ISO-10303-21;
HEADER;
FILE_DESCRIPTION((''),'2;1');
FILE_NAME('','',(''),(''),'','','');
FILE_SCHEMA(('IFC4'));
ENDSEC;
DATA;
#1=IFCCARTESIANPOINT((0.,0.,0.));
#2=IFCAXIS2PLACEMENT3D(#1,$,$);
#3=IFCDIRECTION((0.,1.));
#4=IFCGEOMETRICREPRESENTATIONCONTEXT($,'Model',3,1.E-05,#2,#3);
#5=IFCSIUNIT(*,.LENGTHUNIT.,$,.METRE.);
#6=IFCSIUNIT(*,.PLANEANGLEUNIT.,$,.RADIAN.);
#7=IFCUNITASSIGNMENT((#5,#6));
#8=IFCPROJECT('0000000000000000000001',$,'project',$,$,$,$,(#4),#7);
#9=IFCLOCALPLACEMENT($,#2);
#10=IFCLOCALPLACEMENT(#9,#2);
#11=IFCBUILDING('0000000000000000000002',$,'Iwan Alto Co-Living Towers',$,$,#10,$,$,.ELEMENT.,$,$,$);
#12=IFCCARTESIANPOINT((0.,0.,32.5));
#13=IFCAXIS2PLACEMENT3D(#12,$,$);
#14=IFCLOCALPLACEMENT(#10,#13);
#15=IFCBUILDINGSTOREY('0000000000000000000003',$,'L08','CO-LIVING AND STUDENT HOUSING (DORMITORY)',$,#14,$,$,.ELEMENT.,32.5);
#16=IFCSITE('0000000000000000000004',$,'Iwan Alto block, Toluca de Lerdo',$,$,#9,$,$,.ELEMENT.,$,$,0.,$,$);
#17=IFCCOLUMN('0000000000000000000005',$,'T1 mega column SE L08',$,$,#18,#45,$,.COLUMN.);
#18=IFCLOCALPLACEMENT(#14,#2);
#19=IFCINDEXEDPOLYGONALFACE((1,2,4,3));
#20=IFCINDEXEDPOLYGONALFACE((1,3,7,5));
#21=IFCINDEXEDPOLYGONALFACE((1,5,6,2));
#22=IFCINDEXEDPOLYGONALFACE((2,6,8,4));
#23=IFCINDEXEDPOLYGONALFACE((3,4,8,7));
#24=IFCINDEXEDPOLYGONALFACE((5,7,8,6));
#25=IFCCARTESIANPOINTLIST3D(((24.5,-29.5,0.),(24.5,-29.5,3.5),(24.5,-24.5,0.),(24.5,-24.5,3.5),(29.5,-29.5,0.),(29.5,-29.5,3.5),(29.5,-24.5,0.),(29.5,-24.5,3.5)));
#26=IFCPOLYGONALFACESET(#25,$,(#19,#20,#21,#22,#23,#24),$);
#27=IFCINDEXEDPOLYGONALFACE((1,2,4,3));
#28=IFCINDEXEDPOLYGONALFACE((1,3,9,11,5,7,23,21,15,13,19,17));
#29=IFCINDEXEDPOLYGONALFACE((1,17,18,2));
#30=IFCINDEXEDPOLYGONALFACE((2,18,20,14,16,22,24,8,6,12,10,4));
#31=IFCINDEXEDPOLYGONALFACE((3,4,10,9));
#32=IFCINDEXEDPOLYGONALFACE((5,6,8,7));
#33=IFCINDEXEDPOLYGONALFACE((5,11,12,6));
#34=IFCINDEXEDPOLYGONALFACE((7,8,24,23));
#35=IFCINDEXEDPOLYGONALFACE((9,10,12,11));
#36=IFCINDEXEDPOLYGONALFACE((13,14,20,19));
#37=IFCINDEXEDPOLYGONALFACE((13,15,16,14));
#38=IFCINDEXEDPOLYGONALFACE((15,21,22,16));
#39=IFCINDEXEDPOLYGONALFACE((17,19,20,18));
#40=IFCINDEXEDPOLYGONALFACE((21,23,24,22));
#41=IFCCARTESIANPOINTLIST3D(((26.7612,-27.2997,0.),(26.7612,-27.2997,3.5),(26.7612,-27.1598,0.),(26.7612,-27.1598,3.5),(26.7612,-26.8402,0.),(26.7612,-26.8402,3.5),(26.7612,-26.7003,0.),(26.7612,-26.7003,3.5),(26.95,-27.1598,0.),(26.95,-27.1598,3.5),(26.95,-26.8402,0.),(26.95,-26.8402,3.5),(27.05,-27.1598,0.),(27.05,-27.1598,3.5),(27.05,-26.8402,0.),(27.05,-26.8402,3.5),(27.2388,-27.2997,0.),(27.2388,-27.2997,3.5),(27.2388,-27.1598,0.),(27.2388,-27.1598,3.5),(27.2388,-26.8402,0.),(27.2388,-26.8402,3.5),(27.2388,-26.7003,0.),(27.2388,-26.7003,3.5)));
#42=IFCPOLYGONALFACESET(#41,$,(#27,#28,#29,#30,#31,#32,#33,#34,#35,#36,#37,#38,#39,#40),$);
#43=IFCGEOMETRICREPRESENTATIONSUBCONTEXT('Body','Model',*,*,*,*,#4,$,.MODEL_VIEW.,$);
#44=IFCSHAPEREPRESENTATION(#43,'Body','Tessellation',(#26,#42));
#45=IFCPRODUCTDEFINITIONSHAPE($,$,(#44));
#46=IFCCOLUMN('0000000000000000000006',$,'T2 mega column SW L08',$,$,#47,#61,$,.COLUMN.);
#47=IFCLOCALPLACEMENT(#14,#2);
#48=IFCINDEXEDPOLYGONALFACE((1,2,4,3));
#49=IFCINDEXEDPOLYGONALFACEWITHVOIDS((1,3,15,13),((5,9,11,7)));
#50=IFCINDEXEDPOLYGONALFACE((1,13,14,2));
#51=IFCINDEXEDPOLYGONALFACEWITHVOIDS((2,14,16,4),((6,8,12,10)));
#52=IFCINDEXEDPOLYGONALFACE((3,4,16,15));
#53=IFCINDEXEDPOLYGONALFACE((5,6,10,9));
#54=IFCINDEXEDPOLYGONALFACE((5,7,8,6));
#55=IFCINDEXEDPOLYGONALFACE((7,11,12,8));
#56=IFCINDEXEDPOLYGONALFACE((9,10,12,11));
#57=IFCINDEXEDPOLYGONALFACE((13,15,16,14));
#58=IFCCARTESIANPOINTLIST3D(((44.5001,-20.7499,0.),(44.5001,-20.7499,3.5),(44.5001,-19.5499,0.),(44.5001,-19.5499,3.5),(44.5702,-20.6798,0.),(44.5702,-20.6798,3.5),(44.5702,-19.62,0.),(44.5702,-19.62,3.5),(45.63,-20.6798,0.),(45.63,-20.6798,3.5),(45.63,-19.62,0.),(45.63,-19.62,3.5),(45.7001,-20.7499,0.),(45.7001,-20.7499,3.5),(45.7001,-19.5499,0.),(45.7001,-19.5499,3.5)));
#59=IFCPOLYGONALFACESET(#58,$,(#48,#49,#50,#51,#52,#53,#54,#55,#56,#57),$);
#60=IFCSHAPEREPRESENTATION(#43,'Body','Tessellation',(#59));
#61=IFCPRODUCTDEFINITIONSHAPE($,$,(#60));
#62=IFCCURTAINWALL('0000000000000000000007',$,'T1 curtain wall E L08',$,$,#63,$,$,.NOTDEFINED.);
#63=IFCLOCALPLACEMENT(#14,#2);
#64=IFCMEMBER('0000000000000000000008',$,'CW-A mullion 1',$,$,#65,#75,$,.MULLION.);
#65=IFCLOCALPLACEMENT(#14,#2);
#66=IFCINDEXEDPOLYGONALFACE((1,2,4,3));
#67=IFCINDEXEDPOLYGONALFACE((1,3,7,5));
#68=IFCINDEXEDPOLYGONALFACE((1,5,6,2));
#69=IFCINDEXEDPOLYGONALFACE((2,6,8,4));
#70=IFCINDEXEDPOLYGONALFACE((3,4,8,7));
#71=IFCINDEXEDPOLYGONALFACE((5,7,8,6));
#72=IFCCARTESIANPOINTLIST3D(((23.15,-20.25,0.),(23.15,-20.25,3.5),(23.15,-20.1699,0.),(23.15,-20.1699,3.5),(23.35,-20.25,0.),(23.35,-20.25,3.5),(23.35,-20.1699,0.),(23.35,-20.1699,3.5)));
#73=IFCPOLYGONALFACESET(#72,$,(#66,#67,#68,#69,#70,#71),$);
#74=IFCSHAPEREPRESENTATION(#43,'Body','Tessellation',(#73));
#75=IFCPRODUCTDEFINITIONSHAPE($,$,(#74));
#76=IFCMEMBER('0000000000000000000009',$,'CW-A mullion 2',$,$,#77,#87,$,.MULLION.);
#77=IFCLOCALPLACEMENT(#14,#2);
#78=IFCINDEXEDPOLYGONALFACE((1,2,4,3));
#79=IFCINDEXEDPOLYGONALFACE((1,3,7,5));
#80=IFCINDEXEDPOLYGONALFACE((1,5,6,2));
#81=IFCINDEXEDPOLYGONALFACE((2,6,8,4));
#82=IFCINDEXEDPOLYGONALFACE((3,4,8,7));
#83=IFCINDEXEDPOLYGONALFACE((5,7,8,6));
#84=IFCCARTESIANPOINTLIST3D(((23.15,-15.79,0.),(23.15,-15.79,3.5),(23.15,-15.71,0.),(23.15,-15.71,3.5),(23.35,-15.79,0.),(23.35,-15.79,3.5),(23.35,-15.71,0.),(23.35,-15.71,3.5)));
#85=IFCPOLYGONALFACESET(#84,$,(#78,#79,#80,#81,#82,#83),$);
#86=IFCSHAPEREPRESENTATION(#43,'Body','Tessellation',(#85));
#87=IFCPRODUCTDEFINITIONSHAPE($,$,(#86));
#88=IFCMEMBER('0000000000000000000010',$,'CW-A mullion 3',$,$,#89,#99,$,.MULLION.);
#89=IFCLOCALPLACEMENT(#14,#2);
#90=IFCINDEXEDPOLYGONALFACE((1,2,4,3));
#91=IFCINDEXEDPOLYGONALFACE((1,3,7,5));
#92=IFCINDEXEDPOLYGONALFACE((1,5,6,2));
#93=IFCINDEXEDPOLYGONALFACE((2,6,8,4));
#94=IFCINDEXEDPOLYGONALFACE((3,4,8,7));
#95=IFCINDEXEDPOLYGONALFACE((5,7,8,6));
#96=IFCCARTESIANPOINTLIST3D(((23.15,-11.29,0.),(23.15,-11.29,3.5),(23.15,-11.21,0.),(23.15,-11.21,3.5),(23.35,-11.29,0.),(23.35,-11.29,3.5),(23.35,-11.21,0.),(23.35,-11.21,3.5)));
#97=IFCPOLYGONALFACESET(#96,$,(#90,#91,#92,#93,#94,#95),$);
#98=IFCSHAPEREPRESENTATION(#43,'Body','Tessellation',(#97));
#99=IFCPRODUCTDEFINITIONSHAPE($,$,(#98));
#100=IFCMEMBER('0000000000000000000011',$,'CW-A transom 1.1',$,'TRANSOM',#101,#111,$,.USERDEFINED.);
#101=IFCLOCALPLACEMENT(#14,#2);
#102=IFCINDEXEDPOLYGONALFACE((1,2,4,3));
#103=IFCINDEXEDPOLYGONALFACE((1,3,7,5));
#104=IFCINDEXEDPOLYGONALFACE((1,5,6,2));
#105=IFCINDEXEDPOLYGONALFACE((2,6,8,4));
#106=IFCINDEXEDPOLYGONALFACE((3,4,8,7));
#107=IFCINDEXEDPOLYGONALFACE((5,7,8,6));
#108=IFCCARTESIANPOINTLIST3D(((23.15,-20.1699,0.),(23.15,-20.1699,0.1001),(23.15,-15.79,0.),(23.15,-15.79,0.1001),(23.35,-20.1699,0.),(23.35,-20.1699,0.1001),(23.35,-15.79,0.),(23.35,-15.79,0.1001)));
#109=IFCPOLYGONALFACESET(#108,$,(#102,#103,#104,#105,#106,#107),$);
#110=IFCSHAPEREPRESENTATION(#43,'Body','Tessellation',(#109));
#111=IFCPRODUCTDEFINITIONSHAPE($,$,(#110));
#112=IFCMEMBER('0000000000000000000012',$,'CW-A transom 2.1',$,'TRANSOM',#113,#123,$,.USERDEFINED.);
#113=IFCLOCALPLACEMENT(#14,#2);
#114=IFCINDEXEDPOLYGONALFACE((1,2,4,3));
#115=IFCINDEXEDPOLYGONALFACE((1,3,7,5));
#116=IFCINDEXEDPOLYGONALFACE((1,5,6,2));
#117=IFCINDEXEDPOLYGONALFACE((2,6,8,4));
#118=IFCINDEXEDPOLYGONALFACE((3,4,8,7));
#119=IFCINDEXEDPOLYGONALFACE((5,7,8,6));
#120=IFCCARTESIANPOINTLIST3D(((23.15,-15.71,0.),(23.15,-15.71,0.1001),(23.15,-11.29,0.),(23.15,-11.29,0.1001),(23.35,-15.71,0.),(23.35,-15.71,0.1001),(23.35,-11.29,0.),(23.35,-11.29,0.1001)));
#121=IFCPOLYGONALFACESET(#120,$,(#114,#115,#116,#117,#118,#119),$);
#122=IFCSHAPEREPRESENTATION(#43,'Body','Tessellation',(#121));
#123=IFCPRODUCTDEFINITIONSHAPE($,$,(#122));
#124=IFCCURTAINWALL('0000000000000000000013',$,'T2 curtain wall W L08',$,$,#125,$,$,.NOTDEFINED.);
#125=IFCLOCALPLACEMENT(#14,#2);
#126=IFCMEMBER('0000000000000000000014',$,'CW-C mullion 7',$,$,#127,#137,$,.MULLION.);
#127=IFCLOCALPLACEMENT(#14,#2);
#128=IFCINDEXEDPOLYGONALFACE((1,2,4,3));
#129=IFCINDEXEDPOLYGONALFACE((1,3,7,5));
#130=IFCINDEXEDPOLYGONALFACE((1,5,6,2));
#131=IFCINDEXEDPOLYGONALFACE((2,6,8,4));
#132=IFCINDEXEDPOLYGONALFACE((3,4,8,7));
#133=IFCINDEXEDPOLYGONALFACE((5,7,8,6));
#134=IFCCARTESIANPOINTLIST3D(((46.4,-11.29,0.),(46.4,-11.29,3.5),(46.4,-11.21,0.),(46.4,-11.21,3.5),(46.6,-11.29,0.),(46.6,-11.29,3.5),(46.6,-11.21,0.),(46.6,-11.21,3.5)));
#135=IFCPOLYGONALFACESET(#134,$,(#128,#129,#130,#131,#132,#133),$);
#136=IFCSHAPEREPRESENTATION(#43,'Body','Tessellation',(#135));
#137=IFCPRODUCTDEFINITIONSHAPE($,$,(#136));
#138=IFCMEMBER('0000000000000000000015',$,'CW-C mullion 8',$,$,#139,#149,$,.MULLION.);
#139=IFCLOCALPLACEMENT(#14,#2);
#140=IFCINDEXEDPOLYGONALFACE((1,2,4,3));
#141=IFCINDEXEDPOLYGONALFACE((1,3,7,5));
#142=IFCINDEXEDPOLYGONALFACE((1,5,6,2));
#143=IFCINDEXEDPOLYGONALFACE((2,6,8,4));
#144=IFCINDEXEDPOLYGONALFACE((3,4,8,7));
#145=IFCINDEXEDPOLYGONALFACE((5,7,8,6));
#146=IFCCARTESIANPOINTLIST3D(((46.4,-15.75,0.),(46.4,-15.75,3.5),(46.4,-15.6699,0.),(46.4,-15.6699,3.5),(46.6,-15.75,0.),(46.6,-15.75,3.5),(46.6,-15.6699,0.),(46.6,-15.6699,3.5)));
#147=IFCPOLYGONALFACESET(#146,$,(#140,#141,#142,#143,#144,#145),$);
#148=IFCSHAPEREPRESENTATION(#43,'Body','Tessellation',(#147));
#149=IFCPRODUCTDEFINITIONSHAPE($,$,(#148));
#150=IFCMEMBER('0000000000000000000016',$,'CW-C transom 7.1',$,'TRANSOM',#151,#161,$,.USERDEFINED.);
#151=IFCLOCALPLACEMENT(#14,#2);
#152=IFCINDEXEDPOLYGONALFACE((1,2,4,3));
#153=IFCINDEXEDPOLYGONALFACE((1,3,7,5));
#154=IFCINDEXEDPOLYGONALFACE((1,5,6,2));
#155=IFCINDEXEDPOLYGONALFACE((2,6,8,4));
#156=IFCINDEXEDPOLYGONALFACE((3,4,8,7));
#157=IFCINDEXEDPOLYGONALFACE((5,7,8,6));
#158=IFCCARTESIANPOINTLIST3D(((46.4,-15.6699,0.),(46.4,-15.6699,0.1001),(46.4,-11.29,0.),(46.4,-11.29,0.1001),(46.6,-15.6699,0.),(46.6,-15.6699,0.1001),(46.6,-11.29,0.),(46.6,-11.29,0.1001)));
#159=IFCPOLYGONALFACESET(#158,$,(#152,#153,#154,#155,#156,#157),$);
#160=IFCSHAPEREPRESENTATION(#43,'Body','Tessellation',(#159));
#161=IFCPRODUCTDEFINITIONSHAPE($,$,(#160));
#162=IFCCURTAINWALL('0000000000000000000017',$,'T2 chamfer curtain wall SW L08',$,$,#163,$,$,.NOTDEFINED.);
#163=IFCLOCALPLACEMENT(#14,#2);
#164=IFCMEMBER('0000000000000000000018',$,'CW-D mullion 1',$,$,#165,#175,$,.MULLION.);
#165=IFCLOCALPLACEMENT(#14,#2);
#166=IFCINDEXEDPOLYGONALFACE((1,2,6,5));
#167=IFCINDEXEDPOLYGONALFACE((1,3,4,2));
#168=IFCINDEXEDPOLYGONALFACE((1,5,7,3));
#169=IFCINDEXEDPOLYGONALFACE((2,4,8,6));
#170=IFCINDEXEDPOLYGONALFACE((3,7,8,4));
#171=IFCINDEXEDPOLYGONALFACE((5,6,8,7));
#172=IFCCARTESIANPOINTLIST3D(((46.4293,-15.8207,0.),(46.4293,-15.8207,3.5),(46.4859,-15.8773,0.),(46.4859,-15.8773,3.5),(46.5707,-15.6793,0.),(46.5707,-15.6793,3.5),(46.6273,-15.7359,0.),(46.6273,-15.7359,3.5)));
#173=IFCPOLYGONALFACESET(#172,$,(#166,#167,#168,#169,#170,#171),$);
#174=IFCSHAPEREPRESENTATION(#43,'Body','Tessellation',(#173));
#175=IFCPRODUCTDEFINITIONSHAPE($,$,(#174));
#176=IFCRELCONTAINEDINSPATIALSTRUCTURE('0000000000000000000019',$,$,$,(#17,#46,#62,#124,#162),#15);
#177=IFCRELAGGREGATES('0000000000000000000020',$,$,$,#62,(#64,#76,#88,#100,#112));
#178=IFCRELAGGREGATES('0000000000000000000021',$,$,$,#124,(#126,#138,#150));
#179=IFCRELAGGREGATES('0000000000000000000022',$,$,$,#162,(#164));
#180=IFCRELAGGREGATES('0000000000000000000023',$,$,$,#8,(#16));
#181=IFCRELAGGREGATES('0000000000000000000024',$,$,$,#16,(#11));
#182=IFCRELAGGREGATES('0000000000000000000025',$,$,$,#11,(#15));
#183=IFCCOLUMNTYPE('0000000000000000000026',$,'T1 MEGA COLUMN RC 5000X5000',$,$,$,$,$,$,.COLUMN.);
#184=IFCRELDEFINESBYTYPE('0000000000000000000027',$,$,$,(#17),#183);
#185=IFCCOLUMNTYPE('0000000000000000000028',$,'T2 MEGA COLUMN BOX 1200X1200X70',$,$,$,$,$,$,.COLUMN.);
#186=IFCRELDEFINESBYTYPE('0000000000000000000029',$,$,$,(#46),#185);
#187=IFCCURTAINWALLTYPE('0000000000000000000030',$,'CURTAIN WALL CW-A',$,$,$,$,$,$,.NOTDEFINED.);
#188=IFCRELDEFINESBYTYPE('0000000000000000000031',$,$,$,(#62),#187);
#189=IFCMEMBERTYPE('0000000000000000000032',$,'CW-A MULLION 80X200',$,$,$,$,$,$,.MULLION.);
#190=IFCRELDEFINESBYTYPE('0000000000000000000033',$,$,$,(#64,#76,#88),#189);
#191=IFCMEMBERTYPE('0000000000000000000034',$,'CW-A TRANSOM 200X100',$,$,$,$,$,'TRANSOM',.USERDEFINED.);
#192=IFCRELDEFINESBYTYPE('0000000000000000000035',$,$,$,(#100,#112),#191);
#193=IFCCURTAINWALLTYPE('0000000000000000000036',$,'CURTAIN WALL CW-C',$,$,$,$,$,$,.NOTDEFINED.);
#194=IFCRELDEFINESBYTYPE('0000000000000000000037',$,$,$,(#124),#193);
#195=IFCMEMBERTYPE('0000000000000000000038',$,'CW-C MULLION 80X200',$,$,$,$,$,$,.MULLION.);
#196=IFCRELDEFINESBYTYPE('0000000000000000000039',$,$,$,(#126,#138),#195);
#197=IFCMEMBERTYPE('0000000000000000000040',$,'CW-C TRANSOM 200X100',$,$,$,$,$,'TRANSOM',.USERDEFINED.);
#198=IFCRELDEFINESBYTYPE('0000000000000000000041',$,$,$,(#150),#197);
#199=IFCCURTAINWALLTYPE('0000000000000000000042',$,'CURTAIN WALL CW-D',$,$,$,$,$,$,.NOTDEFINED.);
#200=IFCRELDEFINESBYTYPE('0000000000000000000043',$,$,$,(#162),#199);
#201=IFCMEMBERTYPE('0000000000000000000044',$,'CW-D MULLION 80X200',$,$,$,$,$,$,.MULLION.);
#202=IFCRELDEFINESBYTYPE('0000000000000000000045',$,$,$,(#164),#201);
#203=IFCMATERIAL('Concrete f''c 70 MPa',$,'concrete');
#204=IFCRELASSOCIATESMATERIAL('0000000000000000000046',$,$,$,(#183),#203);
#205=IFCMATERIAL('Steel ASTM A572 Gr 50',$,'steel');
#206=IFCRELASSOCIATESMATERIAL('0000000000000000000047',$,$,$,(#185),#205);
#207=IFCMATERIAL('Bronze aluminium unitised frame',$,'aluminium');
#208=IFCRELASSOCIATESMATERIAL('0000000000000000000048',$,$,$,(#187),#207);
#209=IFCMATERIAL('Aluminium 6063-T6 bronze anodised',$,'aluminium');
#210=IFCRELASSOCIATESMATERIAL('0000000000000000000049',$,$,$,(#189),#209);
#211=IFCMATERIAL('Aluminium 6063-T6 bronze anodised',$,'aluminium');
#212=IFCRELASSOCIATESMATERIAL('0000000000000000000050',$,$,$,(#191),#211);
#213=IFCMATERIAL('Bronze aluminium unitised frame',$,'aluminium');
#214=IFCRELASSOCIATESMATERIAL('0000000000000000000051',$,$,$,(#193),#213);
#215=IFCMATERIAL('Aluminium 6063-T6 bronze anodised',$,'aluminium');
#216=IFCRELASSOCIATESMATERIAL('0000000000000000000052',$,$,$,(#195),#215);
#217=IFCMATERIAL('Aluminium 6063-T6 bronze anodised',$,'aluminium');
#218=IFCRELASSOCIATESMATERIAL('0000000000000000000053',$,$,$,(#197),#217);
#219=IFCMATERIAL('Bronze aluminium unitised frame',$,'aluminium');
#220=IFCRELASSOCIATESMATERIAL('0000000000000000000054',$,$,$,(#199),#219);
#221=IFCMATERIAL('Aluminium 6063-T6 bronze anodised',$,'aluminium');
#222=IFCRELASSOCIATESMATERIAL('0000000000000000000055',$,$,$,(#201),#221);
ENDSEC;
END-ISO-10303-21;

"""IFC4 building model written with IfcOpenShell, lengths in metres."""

from ifc_helpers import new_model, si_unit, direction, frame, origin, origin_2d, place, context, subcontext, project, spatial, rectangle, hollow_rectangle, i_section, extrude, material, material_profile, profile_set, type_object, element, aggregate, save


model = new_model("IFC4")

# Units and contexts
model_context = context("Model", 3, precision=1e-05, world=origin(), true_north=direction((0.0, 1.0)))
body_context = subcontext(model_context, "Body", "Model", "MODEL_VIEW")
ifc_project = project(units=[si_unit("LENGTHUNIT", "METRE"), si_unit("PLANEANGLEUNIT", "RADIAN")], contexts=[model_context])

# Site, building, storey
site_placement = place(None, origin())
site = spatial("IfcSite", under=ifc_project, at=site_placement, Name="Iwan Alto block, Toluca de Lerdo", CompositionType="ELEMENT", RefElevation=0.0)
building_placement = place(site_placement, origin())
building = spatial("IfcBuilding", under=site, at=building_placement, Name="Iwan Alto Co-Living Towers", CompositionType="ELEMENT")
storey_placement = place(building_placement, frame((0.0, 0.0, 32.5)))
storey = spatial("IfcBuildingStorey", under=building, at=storey_placement, Name="L08", Description="CO-LIVING AND STUDENT HOUSING (DORMITORY)", CompositionType="ELEMENT", Elevation=32.5)

# Columns
ifc_material_1 = material(Name="Concrete f'c 70 MPa", Category="concrete")
ifc_material_profile_1 = material_profile(ifc_material_1, rectangle(XDim=5.0, YDim=5.0, at=origin_2d()), Name="RC 5000X5000")
ifc_profile_set_1 = profile_set([ifc_material_profile_1], Name="Concrete f'c 70 MPa")
column_type_1 = type_object("IfcColumnType", Name="T1 MEGA COLUMN RC 5000X5000", PredefinedType="COLUMN", material=ifc_profile_set_1)
column_1_placement = place(storey_placement, frame((27.0, -27.0, 0.0), z_axis=(0.0, 0.0, 1.0), x_axis=(1.0, 0.0, 0.0)))
element("IfcColumn", 1, at=column_1_placement, inside=storey, type_object=column_type_1, Name="T1 mega column SE L08", PredefinedType="COLUMN", context=body_context, shape_type="SweptSolid", body=[
    extrude(rectangle(XDim=5.0, YDim=5.0, at=origin_2d()), origin(), (0.0, 0.0, 1.0), 3.5),
    extrude(i_section(OverallWidth=0.4775, OverallDepth=0.5994, WebThickness=0.1001, FlangeThickness=0.1399, at=origin_2d()), origin(), (0.0, 0.0, 1.0), 3.5),
])
ifc_material_2 = material(Name="Steel ASTM A572 Gr 50", Category="steel")
ifc_material_profile_2 = material_profile(ifc_material_2, hollow_rectangle(XDim=1.2, YDim=1.2, WallThickness=0.0701, at=origin_2d()), Name="BOX 1200X1200X70")
ifc_profile_set_2 = profile_set([ifc_material_profile_2], Name="Steel ASTM A572 Gr 50")
column_type_2 = type_object("IfcColumnType", Name="T2 MEGA COLUMN BOX 1200X1200X70", PredefinedType="COLUMN", material=ifc_profile_set_2)
column_2_placement = place(storey_placement, frame((45.1001, -20.1499, 0.0), z_axis=(0.0, 0.0, 1.0), x_axis=(1.0, 0.0, 0.0)))
element("IfcColumn", 2, at=column_2_placement, inside=storey, type_object=column_type_2, Name="T2 mega column SW L08", PredefinedType="COLUMN", context=body_context, shape_type="SweptSolid", body=[
    extrude(hollow_rectangle(XDim=1.2, YDim=1.2, WallThickness=0.0701, at=origin_2d()), origin(), (0.0, 0.0, 1.0), 3.5),
])

# Curtain walls, members
ifc_material_3 = material(Name="Bronze aluminium unitised frame", Category="aluminium")
curtain_wall_type_1 = type_object("IfcCurtainWallType", Name="CURTAIN WALL CW-A", PredefinedType="NOTDEFINED", material=ifc_material_3)
curtain_wall_1_placement = place(storey_placement, origin())
curtain_wall_1 = element("IfcCurtainWall", 3, at=curtain_wall_1_placement, inside=storey, type_object=curtain_wall_type_1, Name="T1 curtain wall E L08", PredefinedType="NOTDEFINED")
ifc_material_4 = material(Name="Aluminium 6063-T6 bronze anodised", Category="aluminium")
ifc_material_profile_3 = material_profile(ifc_material_4, rectangle(XDim=0.2, YDim=0.0801, at=origin_2d()), Name="AL 80X200")
ifc_profile_set_3 = profile_set([ifc_material_profile_3], Name="Aluminium 6063-T6 bronze anodised")
member_type_1 = type_object("IfcMemberType", Name="CW-A MULLION 80X200", PredefinedType="MULLION", material=ifc_profile_set_3)
member_1_placement = place(storey_placement, frame((23.25, -20.21, 0.0), z_axis=(0.0, 0.0, 1.0), x_axis=(-1.0, 0.0, 0.0)))
member_1 = element("IfcMember", 4, at=member_1_placement, type_object=member_type_1, Name="CW-A mullion 1", PredefinedType="MULLION", context=body_context, shape_type="SweptSolid", body=[
    extrude(rectangle(XDim=0.2, YDim=0.0801, at=origin_2d()), origin(), (0.0, 0.0, 1.0), 3.5),
])
member_2_placement = place(storey_placement, frame((23.25, -15.75, 0.0), z_axis=(0.0, 0.0, 1.0), x_axis=(-1.0, 0.0, 0.0)))
member_2 = element("IfcMember", 5, at=member_2_placement, type_object=member_type_1, Name="CW-A mullion 2", PredefinedType="MULLION", context=body_context, shape_type="SweptSolid", body=[
    extrude(rectangle(XDim=0.2, YDim=0.0801, at=origin_2d()), origin(), (0.0, 0.0, 1.0), 3.5),
])
member_3_placement = place(storey_placement, frame((23.25, -11.25, 0.0), z_axis=(0.0, 0.0, 1.0), x_axis=(-1.0, 0.0, 0.0)))
member_3 = element("IfcMember", 6, at=member_3_placement, type_object=member_type_1, Name="CW-A mullion 3", PredefinedType="MULLION", context=body_context, shape_type="SweptSolid", body=[
    extrude(rectangle(XDim=0.2, YDim=0.0801, at=origin_2d()), origin(), (0.0, 0.0, 1.0), 3.5),
])
ifc_material_5 = material(Name="Aluminium 6063-T6 bronze anodised", Category="aluminium")
ifc_material_profile_4 = material_profile(ifc_material_5, rectangle(XDim=0.2, YDim=0.1001, at=origin_2d()), Name="AL 200X100")
ifc_profile_set_4 = profile_set([ifc_material_profile_4], Name="Aluminium 6063-T6 bronze anodised")
member_type_2 = type_object("IfcMemberType", Name="CW-A TRANSOM 200X100", ElementType="TRANSOM", PredefinedType="USERDEFINED", material=ifc_profile_set_4)
member_4_placement = place(storey_placement, frame((23.25, -20.1699, 0.05), z_axis=(0.0, 1.0, 0.0), x_axis=(-1.0, 0.0, 0.0)))
member_4 = element("IfcMember", 7, at=member_4_placement, type_object=member_type_2, Name="CW-A transom 1.1", ObjectType="TRANSOM", PredefinedType="USERDEFINED", context=body_context, shape_type="SweptSolid", body=[
    extrude(rectangle(XDim=0.2, YDim=0.1001, at=origin_2d()), origin(), (0.0, 0.0, 1.0), 4.3799),
])
member_5_placement = place(storey_placement, frame((23.25, -15.71, 0.05), z_axis=(0.0, 1.0, 0.0), x_axis=(-1.0, 0.0, 0.0)))
member_5 = element("IfcMember", 8, at=member_5_placement, type_object=member_type_2, Name="CW-A transom 2.1", ObjectType="TRANSOM", PredefinedType="USERDEFINED", context=body_context, shape_type="SweptSolid", body=[
    extrude(rectangle(XDim=0.2, YDim=0.1001, at=origin_2d()), origin(), (0.0, 0.0, 1.0), 4.4199),
])
ifc_material_6 = material(Name="Bronze aluminium unitised frame", Category="aluminium")
curtain_wall_type_2 = type_object("IfcCurtainWallType", Name="CURTAIN WALL CW-C", PredefinedType="NOTDEFINED", material=ifc_material_6)
curtain_wall_2_placement = place(storey_placement, origin())
curtain_wall_2 = element("IfcCurtainWall", 9, at=curtain_wall_2_placement, inside=storey, type_object=curtain_wall_type_2, Name="T2 curtain wall W L08", PredefinedType="NOTDEFINED")
ifc_material_7 = material(Name="Aluminium 6063-T6 bronze anodised", Category="aluminium")
ifc_material_profile_5 = material_profile(ifc_material_7, rectangle(XDim=0.2, YDim=0.0801, at=origin_2d()), Name="AL 80X200")
ifc_profile_set_5 = profile_set([ifc_material_profile_5], Name="Aluminium 6063-T6 bronze anodised")
member_type_3 = type_object("IfcMemberType", Name="CW-C MULLION 80X200", PredefinedType="MULLION", material=ifc_profile_set_5)
member_6_placement = place(storey_placement, frame((46.5, -11.25, 0.0), z_axis=(0.0, 0.0, 1.0), x_axis=(1.0, 0.0, 0.0)))
member_6 = element("IfcMember", 10, at=member_6_placement, type_object=member_type_3, Name="CW-C mullion 7", PredefinedType="MULLION", context=body_context, shape_type="SweptSolid", body=[
    extrude(rectangle(XDim=0.2, YDim=0.0801, at=origin_2d()), origin(), (0.0, 0.0, 1.0), 3.5),
])
member_7_placement = place(storey_placement, frame((46.5, -15.71, 0.0), z_axis=(0.0, 0.0, 1.0), x_axis=(1.0, 0.0, 0.0)))
member_7 = element("IfcMember", 11, at=member_7_placement, type_object=member_type_3, Name="CW-C mullion 8", PredefinedType="MULLION", context=body_context, shape_type="SweptSolid", body=[
    extrude(rectangle(XDim=0.2, YDim=0.0801, at=origin_2d()), origin(), (0.0, 0.0, 1.0), 3.5),
])
ifc_material_8 = material(Name="Aluminium 6063-T6 bronze anodised", Category="aluminium")
ifc_material_profile_6 = material_profile(ifc_material_8, rectangle(XDim=0.2, YDim=0.1001, at=origin_2d()), Name="AL 200X100")
ifc_profile_set_6 = profile_set([ifc_material_profile_6], Name="Aluminium 6063-T6 bronze anodised")
member_type_4 = type_object("IfcMemberType", Name="CW-C TRANSOM 200X100", ElementType="TRANSOM", PredefinedType="USERDEFINED", material=ifc_profile_set_6)
member_8_placement = place(storey_placement, frame((46.5, -11.29, 0.05), z_axis=(0.0, -1.0, 0.0), x_axis=(1.0, 0.0, 0.0)))
member_8 = element("IfcMember", 12, at=member_8_placement, type_object=member_type_4, Name="CW-C transom 7.1", ObjectType="TRANSOM", PredefinedType="USERDEFINED", context=body_context, shape_type="SweptSolid", body=[
    extrude(rectangle(XDim=0.2, YDim=0.1001, at=origin_2d()), origin(), (0.0, 0.0, 1.0), 4.3799),
])
ifc_material_9 = material(Name="Bronze aluminium unitised frame", Category="aluminium")
curtain_wall_type_3 = type_object("IfcCurtainWallType", Name="CURTAIN WALL CW-D", PredefinedType="NOTDEFINED", material=ifc_material_9)
curtain_wall_3_placement = place(storey_placement, origin())
curtain_wall_3 = element("IfcCurtainWall", 13, at=curtain_wall_3_placement, inside=storey, type_object=curtain_wall_type_3, Name="T2 chamfer curtain wall SW L08", PredefinedType="NOTDEFINED")
ifc_material_10 = material(Name="Aluminium 6063-T6 bronze anodised", Category="aluminium")
ifc_material_profile_7 = material_profile(ifc_material_10, rectangle(XDim=0.2, YDim=0.0801, at=origin_2d()), Name="AL 80X200")
ifc_profile_set_7 = profile_set([ifc_material_profile_7], Name="Aluminium 6063-T6 bronze anodised")
member_type_5 = type_object("IfcMemberType", Name="CW-D MULLION 80X200", PredefinedType="MULLION", material=ifc_profile_set_7)
member_9_placement = place(storey_placement, frame((46.5283, -15.7783, 0.0), z_axis=(0.0, 0.0, 1.0), x_axis=(0.707107, 0.707107, 0.0)))
member_9 = element("IfcMember", 14, at=member_9_placement, type_object=member_type_5, Name="CW-D mullion 1", PredefinedType="MULLION", context=body_context, shape_type="SweptSolid", body=[
    extrude(rectangle(XDim=0.2, YDim=0.0801, at=origin_2d()), origin(), (0.0, 0.0, 1.0), 3.5),
])

aggregate(curtain_wall_1, [member_1, member_2, member_3, member_4, member_5])
aggregate(curtain_wall_2, [member_6, member_7, member_8])
aggregate(curtain_wall_3, [member_9])

save(model, "model.ifc")
